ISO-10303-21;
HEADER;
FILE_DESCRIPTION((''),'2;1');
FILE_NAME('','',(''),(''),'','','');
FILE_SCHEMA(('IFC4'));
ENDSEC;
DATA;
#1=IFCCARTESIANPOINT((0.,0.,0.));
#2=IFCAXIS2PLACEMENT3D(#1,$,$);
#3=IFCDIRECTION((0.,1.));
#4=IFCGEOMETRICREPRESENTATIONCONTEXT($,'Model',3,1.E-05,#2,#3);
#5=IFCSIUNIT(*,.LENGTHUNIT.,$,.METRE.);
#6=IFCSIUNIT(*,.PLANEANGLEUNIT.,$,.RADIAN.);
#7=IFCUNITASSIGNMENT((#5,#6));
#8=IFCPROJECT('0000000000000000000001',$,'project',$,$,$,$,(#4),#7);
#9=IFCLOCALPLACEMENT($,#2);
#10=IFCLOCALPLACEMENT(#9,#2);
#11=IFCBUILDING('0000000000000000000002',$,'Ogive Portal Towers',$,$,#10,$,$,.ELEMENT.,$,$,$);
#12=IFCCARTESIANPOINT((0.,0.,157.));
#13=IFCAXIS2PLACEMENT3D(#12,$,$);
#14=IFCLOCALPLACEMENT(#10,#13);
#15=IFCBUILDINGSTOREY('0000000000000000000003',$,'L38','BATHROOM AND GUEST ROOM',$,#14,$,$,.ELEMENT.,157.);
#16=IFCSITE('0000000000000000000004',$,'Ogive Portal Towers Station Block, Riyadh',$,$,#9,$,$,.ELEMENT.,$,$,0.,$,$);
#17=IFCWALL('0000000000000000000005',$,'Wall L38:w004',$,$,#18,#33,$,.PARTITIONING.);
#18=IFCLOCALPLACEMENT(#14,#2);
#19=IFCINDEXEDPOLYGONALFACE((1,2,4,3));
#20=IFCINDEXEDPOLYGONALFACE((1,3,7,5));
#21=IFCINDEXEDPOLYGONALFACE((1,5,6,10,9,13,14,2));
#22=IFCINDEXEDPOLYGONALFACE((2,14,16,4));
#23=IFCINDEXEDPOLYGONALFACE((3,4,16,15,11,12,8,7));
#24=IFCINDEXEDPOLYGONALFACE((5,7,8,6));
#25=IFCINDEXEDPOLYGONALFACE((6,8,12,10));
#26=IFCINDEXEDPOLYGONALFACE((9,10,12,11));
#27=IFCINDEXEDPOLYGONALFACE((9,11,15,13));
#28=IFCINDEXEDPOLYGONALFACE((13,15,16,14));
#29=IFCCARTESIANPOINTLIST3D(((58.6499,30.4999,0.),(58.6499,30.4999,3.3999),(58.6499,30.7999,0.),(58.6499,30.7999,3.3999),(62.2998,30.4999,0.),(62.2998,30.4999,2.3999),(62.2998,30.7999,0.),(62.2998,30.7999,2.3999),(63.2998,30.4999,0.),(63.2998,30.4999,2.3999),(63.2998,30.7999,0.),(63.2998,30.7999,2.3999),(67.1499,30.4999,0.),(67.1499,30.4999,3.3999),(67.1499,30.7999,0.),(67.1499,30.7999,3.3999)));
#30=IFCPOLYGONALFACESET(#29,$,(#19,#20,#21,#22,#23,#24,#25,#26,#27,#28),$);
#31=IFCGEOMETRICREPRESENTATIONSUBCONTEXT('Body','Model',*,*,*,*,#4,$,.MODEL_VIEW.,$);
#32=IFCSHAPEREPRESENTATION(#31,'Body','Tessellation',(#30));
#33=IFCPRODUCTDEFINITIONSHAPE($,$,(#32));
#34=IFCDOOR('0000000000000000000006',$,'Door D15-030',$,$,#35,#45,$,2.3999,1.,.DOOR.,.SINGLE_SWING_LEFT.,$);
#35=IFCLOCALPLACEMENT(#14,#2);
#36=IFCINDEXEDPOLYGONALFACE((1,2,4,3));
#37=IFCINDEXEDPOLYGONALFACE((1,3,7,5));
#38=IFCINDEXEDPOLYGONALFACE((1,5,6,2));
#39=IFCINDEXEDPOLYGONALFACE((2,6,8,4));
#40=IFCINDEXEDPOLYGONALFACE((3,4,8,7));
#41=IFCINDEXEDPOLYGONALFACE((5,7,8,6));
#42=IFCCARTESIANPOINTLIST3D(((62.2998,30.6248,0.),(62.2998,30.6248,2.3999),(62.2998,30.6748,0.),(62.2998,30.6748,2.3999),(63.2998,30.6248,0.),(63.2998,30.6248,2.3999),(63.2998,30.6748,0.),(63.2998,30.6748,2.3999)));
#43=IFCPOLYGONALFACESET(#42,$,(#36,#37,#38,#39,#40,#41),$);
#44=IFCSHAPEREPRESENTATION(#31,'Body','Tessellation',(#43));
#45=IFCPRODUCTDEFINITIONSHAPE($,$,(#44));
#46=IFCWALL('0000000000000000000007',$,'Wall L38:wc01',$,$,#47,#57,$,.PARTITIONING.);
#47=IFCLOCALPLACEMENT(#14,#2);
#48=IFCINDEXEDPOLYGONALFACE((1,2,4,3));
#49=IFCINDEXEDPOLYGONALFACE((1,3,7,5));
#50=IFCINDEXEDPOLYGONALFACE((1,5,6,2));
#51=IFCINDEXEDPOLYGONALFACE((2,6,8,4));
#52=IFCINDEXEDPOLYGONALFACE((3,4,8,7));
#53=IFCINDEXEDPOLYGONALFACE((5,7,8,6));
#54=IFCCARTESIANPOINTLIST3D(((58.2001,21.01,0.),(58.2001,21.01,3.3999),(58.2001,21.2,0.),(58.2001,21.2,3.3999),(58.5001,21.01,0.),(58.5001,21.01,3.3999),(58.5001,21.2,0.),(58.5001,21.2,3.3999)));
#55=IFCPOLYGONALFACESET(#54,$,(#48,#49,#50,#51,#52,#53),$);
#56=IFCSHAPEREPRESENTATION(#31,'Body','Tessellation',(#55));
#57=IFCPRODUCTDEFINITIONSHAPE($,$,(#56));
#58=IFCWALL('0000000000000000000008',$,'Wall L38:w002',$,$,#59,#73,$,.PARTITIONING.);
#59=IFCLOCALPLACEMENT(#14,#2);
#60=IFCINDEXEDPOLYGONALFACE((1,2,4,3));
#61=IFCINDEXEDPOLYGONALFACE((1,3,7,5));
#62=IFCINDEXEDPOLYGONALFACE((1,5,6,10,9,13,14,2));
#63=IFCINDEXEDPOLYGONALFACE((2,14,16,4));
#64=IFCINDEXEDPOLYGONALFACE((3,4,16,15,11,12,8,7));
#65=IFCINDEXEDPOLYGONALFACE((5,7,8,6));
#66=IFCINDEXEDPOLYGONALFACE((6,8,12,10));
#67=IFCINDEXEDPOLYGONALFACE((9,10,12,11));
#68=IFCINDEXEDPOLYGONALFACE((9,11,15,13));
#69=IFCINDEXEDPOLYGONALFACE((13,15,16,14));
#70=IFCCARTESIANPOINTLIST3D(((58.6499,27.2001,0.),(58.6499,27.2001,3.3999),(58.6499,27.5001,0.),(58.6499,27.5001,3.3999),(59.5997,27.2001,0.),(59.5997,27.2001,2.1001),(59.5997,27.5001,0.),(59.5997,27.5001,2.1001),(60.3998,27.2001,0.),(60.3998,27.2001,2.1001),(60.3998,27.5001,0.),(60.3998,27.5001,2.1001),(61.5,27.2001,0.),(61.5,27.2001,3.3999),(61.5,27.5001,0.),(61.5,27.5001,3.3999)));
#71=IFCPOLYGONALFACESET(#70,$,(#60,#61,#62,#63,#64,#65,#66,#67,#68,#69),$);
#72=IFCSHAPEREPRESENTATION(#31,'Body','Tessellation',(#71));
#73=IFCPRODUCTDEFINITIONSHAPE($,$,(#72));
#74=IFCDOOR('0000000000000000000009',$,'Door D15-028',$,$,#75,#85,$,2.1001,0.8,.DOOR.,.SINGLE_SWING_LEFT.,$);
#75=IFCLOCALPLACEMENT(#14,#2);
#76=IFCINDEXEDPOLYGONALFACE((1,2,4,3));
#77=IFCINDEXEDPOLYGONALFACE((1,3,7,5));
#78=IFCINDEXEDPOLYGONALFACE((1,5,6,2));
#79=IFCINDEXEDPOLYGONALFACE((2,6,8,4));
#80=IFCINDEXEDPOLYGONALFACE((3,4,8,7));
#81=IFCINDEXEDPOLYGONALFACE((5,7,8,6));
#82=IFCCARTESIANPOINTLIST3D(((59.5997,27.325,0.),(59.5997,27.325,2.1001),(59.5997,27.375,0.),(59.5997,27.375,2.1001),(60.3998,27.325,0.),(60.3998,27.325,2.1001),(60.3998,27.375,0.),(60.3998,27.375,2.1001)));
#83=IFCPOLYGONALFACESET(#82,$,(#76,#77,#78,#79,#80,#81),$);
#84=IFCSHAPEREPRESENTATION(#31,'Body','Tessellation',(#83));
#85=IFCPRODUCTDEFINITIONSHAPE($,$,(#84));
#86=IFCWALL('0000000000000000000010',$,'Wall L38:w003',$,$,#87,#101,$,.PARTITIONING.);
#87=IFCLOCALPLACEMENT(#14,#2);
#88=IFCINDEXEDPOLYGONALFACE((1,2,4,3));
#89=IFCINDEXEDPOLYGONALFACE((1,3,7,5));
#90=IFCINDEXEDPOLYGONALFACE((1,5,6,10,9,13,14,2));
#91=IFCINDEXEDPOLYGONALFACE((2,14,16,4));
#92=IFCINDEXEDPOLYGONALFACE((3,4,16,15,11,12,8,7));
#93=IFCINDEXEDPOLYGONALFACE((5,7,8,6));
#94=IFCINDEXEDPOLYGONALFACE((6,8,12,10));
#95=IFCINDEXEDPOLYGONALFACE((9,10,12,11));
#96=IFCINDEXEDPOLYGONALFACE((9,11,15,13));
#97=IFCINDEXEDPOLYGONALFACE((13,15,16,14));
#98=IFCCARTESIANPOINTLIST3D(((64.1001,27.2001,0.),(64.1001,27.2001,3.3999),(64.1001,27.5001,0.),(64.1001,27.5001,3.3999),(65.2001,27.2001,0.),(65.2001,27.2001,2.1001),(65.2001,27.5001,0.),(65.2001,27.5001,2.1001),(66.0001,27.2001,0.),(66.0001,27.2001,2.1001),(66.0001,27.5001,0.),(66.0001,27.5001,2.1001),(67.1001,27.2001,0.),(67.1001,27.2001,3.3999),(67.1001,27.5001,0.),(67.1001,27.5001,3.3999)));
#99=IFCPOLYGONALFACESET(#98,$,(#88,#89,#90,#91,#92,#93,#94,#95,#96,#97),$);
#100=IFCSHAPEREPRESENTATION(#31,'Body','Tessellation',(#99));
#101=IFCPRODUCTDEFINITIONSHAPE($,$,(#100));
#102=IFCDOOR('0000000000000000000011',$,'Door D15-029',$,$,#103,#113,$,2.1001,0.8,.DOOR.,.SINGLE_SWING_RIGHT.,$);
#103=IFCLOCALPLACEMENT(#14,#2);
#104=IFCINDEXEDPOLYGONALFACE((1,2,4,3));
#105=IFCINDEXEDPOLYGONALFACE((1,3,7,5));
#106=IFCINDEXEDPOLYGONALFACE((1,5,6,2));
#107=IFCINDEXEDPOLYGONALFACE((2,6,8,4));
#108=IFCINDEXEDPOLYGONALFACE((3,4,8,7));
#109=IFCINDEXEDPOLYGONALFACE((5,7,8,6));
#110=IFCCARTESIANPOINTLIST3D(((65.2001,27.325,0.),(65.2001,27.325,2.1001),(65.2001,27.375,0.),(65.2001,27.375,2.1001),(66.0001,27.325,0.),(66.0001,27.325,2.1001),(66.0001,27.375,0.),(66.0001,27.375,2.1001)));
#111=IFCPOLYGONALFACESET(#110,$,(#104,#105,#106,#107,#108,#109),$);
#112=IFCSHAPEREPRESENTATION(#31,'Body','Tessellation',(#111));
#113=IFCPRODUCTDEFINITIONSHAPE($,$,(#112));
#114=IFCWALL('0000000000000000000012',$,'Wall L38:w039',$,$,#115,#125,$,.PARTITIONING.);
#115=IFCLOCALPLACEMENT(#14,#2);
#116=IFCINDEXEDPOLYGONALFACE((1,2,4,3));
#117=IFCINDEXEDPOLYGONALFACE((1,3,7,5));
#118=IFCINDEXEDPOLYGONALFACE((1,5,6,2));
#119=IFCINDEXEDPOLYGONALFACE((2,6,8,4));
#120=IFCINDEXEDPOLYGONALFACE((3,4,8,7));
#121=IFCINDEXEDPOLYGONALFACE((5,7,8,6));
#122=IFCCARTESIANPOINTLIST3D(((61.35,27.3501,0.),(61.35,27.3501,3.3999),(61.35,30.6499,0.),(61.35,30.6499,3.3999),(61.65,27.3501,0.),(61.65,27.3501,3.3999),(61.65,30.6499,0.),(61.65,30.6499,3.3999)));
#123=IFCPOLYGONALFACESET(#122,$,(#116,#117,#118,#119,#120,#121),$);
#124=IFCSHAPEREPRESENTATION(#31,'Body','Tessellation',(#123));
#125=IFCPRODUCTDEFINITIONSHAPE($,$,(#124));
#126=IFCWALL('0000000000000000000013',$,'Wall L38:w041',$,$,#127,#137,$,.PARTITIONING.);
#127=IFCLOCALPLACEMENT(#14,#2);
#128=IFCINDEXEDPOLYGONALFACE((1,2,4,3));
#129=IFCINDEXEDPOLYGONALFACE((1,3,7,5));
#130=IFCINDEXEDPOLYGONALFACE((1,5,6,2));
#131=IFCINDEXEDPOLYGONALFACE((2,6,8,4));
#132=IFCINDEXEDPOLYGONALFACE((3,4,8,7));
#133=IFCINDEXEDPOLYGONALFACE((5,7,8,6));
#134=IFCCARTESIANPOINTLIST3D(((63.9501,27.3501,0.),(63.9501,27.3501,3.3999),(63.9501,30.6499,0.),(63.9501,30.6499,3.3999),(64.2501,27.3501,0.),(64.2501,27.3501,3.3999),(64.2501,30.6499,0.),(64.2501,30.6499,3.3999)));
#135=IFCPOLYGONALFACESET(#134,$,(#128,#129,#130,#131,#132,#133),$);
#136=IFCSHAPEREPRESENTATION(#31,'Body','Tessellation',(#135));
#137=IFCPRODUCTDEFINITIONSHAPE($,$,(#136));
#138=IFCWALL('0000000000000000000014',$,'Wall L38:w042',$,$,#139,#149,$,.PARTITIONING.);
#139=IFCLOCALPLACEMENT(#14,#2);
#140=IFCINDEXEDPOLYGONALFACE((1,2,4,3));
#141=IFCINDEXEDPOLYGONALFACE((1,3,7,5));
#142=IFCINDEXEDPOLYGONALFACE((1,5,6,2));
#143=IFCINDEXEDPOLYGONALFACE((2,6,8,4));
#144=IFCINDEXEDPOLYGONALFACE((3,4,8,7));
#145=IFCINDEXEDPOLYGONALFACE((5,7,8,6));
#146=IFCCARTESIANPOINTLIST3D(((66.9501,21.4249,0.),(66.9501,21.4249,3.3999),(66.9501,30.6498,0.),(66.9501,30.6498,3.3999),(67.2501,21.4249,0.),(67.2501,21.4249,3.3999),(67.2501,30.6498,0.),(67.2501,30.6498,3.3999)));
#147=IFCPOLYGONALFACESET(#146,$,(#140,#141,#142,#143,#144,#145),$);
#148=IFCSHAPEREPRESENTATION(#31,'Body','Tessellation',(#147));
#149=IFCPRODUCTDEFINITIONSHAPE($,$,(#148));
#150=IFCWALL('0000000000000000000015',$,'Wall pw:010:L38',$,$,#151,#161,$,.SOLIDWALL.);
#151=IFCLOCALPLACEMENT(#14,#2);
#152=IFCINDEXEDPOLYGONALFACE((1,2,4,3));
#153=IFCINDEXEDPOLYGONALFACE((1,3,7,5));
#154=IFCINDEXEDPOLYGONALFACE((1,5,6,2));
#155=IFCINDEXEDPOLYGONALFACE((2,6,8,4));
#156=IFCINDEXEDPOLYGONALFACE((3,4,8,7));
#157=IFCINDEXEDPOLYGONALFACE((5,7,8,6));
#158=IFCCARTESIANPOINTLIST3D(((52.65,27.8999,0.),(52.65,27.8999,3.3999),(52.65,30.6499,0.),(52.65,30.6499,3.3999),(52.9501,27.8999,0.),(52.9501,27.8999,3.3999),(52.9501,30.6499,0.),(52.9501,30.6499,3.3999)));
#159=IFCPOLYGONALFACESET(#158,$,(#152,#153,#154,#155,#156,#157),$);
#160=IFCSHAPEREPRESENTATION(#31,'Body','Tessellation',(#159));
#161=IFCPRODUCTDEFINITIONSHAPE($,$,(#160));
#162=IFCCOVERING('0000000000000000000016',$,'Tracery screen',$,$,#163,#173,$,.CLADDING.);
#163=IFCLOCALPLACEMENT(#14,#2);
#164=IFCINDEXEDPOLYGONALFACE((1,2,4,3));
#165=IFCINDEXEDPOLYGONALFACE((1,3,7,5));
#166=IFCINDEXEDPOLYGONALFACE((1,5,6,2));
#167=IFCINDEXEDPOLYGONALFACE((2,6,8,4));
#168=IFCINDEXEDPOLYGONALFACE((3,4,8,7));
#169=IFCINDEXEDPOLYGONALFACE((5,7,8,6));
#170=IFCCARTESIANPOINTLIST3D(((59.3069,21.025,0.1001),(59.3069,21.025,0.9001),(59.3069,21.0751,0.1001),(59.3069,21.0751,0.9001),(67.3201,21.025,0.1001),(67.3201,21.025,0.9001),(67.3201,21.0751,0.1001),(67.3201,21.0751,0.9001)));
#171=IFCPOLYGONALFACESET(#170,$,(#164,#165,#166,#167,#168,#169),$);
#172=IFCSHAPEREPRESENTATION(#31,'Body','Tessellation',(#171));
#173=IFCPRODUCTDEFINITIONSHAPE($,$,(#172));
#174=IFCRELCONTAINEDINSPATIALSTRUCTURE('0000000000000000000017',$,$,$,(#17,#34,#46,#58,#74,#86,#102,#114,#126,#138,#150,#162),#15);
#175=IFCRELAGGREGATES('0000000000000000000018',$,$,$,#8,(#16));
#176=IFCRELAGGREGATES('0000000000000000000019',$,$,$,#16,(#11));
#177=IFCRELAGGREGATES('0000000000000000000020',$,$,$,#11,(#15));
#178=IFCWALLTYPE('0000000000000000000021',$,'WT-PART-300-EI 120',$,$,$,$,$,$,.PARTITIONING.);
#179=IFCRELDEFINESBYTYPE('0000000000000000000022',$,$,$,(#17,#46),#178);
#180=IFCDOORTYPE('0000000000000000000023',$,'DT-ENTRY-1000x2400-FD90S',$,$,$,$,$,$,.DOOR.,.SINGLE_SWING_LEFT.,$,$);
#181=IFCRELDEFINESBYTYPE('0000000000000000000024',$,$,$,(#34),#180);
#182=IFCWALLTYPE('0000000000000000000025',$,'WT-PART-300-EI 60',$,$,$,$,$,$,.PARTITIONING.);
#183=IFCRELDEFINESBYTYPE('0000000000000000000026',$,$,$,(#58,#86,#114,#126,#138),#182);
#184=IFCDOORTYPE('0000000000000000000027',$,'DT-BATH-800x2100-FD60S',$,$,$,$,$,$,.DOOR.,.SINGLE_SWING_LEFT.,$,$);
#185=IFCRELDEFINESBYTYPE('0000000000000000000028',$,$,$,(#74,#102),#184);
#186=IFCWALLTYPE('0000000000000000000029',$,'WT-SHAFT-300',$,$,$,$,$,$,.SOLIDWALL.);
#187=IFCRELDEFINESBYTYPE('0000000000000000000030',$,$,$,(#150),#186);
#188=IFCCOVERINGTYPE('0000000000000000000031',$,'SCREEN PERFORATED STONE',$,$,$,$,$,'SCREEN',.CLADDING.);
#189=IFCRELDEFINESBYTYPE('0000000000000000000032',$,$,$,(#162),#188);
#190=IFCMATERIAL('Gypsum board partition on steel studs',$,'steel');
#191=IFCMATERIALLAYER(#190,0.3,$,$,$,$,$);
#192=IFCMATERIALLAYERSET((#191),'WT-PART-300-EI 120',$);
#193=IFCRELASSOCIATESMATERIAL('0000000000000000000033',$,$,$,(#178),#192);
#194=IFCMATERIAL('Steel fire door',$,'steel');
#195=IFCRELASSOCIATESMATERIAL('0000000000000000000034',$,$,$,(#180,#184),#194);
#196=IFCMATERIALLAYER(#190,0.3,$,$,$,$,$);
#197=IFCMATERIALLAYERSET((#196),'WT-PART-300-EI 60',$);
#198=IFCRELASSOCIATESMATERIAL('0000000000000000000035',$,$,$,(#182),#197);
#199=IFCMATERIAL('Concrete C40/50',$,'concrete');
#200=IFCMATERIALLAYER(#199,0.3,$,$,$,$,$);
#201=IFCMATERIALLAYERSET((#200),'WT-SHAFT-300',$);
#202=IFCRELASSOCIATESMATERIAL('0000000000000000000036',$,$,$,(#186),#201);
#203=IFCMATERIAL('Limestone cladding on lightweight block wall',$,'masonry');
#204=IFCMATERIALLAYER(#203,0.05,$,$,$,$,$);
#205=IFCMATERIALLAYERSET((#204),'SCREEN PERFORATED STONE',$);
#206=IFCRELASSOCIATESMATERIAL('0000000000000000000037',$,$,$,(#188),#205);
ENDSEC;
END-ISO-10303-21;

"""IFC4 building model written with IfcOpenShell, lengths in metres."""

from ifc_helpers import new_model, si_unit, direction, frame, frame_2d, origin, origin_2d, place, context, subcontext, project, spatial, rectangle, extrude, material, layer, layer_set, type_object, element, fill, save


model = new_model("IFC4")

# Units and contexts
model_context = context("Model", 3, precision=1e-05, world=origin(), true_north=direction((0.0, 1.0)))
body_context = subcontext(model_context, "Body", "Model", "MODEL_VIEW")
ifc_project = project(units=[si_unit("LENGTHUNIT", "METRE"), si_unit("PLANEANGLEUNIT", "RADIAN")], contexts=[model_context])

# Site, building, storey
site_placement = place(None, origin())
site = spatial("IfcSite", under=ifc_project, at=site_placement, Name="Ogive Portal Towers Station Block, Riyadh", CompositionType="ELEMENT", RefElevation=0.0)
building_placement = place(site_placement, origin())
building = spatial("IfcBuilding", under=site, at=building_placement, Name="Ogive Portal Towers", CompositionType="ELEMENT")
storey_placement = place(building_placement, frame((0.0, 0.0, 157.0)))
storey = spatial("IfcBuildingStorey", under=building, at=storey_placement, Name="L38", Description="BATHROOM AND GUEST ROOM", CompositionType="ELEMENT", Elevation=157.0)

# Shared definitions
ifc_material_1 = material(Name="Steel fire door", Category="steel")

# Shared definitions
ifc_material_2 = material(Name="Limestone cladding on lightweight block wall", Category="masonry")

# Wall, opening, door
ifc_material_3 = material(Name="Gypsum board partition on steel studs", Category="steel")
ifc_layer_1 = layer(ifc_material_3, 0.3)
ifc_layer_set_1 = layer_set([ifc_layer_1], Name="WT-PART-300-EI 120")
wall_type_1 = type_object("IfcWallType", Name="WT-PART-300-EI 120", PredefinedType="PARTITIONING", material=ifc_layer_set_1)
wall_1_placement = place(storey_placement, frame((58.6499, 30.6499, 0.0), z_axis=(0.0, 0.0, 1.0), x_axis=(1.0, 0.0, 0.0)))
wall_1 = element("IfcWall", 1, at=wall_1_placement, inside=storey, type_object=wall_type_1, Name="Wall L38:w004", PredefinedType="PARTITIONING", context=body_context, shape_type="SweptSolid", body=[
    extrude(rectangle(XDim=8.5, YDim=0.3, at=frame_2d((4.25, 0.0))), origin(), (0.0, 0.0, 1.0), 3.3999),
])
opening_1_placement = place(wall_1_placement, frame((3.6499, 0.0, 0.0)))
opening_1 = element("IfcOpeningElement", 2, at=opening_1_placement, cuts=wall_1, PredefinedType="OPENING", context=body_context, shape_type="SweptSolid", body=[
    extrude(rectangle(XDim=1.0, YDim=2.3999, at=frame_2d((0.5, 1.2))), frame((0.0, 0.1602, 0.0), z_axis=(0.0, -1.0, 0.0), x_axis=(1.0, 0.0, 0.0)), (0.0, 0.0, 1.0), 0.3201),
])
door_type_1 = type_object("IfcDoorType", Name="DT-ENTRY-1000x2400-FD90S", OperationType="SINGLE_SWING_LEFT", PredefinedType="DOOR", material=ifc_material_1)
door_1_placement = place(opening_1_placement, origin())
door_1 = element("IfcDoor", 3, at=door_1_placement, inside=storey, type_object=door_type_1, Name="Door D15-030", OperationType="SINGLE_SWING_LEFT", OverallHeight=2.3999, OverallWidth=1.0, PredefinedType="DOOR", context=body_context, shape_type="SweptSolid", body=[
    extrude(rectangle(XDim=1.0, YDim=2.3999, at=frame_2d((0.5, 1.2))), frame((0.0, 0.0249, 0.0), z_axis=(0.0, -1.0, 0.0), x_axis=(1.0, 0.0, 0.0)), (0.0, 0.0, 1.0), 0.05),
])
fill(opening_1, door_1)

# Wall
wall_2_placement = place(storey_placement, frame((58.3501, 21.2, 0.0), z_axis=(0.0, 0.0, 1.0), x_axis=(0.0, -1.0, 0.0)))
element("IfcWall", 4, at=wall_2_placement, inside=storey, type_object=wall_type_1, Name="Wall L38:wc01", PredefinedType="PARTITIONING", context=body_context, shape_type="SweptSolid", body=[
    extrude(rectangle(XDim=0.1899, YDim=0.3, at=frame_2d((0.095, 0.0))), origin(), (0.0, 0.0, 1.0), 3.3999),
])

# Walls, openings, doors
ifc_layer_2 = layer(ifc_material_3, 0.3)
ifc_layer_set_2 = layer_set([ifc_layer_2], Name="WT-PART-300-EI 60")
wall_type_2 = type_object("IfcWallType", Name="WT-PART-300-EI 60", PredefinedType="PARTITIONING", material=ifc_layer_set_2)
wall_3_placement = place(storey_placement, frame((58.6499, 27.3501, 0.0), z_axis=(0.0, 0.0, 1.0), x_axis=(1.0, 0.0, 0.0)))
wall_3 = element("IfcWall", 5, at=wall_3_placement, inside=storey, type_object=wall_type_2, Name="Wall L38:w002", PredefinedType="PARTITIONING", context=body_context, shape_type="SweptSolid", body=[
    extrude(rectangle(XDim=2.8501, YDim=0.3, at=frame_2d((1.425, 0.0))), origin(), (0.0, 0.0, 1.0), 3.3999),
])
opening_2_placement = place(wall_3_placement, frame((0.95, 0.0, 0.0)))
opening_2 = element("IfcOpeningElement", 6, at=opening_2_placement, cuts=wall_3, PredefinedType="OPENING", context=body_context, shape_type="SweptSolid", body=[
    extrude(rectangle(XDim=0.8, YDim=2.1001, at=frame_2d((0.3999, 1.05))), frame((0.0, 0.1602, 0.0), z_axis=(0.0, -1.0, 0.0), x_axis=(1.0, 0.0, 0.0)), (0.0, 0.0, 1.0), 0.3201),
])
door_type_2 = type_object("IfcDoorType", Name="DT-BATH-800x2100-FD60S", OperationType="SINGLE_SWING_LEFT", PredefinedType="DOOR", material=ifc_material_1)
door_2_placement = place(opening_2_placement, origin())
door_2 = element("IfcDoor", 7, at=door_2_placement, inside=storey, type_object=door_type_2, Name="Door D15-028", OperationType="SINGLE_SWING_LEFT", OverallHeight=2.1001, OverallWidth=0.8, PredefinedType="DOOR", context=body_context, shape_type="SweptSolid", body=[
    extrude(rectangle(XDim=0.8, YDim=2.1001, at=frame_2d((0.3999, 1.05))), frame((0.0, 0.0249, 0.0), z_axis=(0.0, -1.0, 0.0), x_axis=(1.0, 0.0, 0.0)), (0.0, 0.0, 1.0), 0.05),
])
fill(opening_2, door_2)
wall_4_placement = place(storey_placement, frame((64.1001, 27.3501, 0.0), z_axis=(0.0, 0.0, 1.0), x_axis=(1.0, 0.0, 0.0)))
wall_4 = element("IfcWall", 8, at=wall_4_placement, inside=storey, type_object=wall_type_2, Name="Wall L38:w003", PredefinedType="PARTITIONING", context=body_context, shape_type="SweptSolid", body=[
    extrude(rectangle(XDim=3.0, YDim=0.3, at=frame_2d((1.5, 0.0))), origin(), (0.0, 0.0, 1.0), 3.3999),
])
opening_3_placement = place(wall_4_placement, frame((1.1001, 0.0, 0.0)))
opening_3 = element("IfcOpeningElement", 9, at=opening_3_placement, cuts=wall_4, PredefinedType="OPENING", context=body_context, shape_type="SweptSolid", body=[
    extrude(rectangle(XDim=0.8, YDim=2.1001, at=frame_2d((0.3999, 1.05))), frame((0.0, 0.1602, 0.0), z_axis=(0.0, -1.0, 0.0), x_axis=(1.0, 0.0, 0.0)), (0.0, 0.0, 1.0), 0.3201),
])
door_3_placement = place(opening_3_placement, origin())
door_3 = element("IfcDoor", 10, at=door_3_placement, inside=storey, type_object=door_type_2, Name="Door D15-029", OperationType="SINGLE_SWING_RIGHT", OverallHeight=2.1001, OverallWidth=0.8, PredefinedType="DOOR", context=body_context, shape_type="SweptSolid", body=[
    extrude(rectangle(XDim=0.8, YDim=2.1001, at=frame_2d((0.3999, 1.05))), frame((0.0, 0.0249, 0.0), z_axis=(0.0, -1.0, 0.0), x_axis=(1.0, 0.0, 0.0)), (0.0, 0.0, 1.0), 0.05),
])
fill(opening_3, door_3)

# Walls
for number, where, z_axis, x_axis, name in (
    (11, (61.5, 27.3501, 0.0), (0.0, 0.0, 1.0), (0.0, 1.0, 0.0), "Wall L38:w039"),
    (12, (64.1001, 27.3501, 0.0), (0.0, 0.0, 1.0), (0.0, 1.0, 0.0), "Wall L38:w041"),
):
    element("IfcWall", number, at=place(storey_placement, frame(where, z_axis=z_axis, x_axis=x_axis)), inside=storey, type_object=wall_type_2, Name=name, PredefinedType="PARTITIONING", context=body_context, shape_type="SweptSolid", body=[
        extrude(rectangle(XDim=3.2998, YDim=0.3, at=frame_2d((1.6499, 0.0))), origin(), (0.0, 0.0, 1.0), 3.3999),
    ])
wall_5_placement = place(storey_placement, frame((67.1001, 21.425, 0.0), z_axis=(0.0, 0.0, 1.0), x_axis=(0.0, 1.0, 0.0)))
element("IfcWall", 13, at=wall_5_placement, inside=storey, type_object=wall_type_2, Name="Wall L38:w042", PredefinedType="PARTITIONING", context=body_context, shape_type="SweptSolid", body=[
    extrude(rectangle(XDim=9.2249, YDim=0.3, at=frame_2d((4.6123, 0.0))), origin(), (0.0, 0.0, 1.0), 3.3999),
])
ifc_material_4 = material(Name="Concrete C40/50", Category="concrete")
ifc_layer_3 = layer(ifc_material_4, 0.3)
ifc_layer_set_3 = layer_set([ifc_layer_3], Name="WT-SHAFT-300")
wall_type_3 = type_object("IfcWallType", Name="WT-SHAFT-300", PredefinedType="SOLIDWALL", material=ifc_layer_set_3)
wall_6_placement = place(storey_placement, frame((52.8, 27.8999, 0.0), z_axis=(0.0, 0.0, 1.0), x_axis=(0.0, 1.0, 0.0)))
element("IfcWall", 14, at=wall_6_placement, inside=storey, type_object=wall_type_3, Name="Wall pw:010:L38", PredefinedType="SOLIDWALL", context=body_context, shape_type="SweptSolid", body=[
    extrude(rectangle(XDim=2.75, YDim=0.3, at=frame_2d((1.375, 0.0))), origin(), (0.0, 0.0, 1.0), 3.3999),
])

# Covering
ifc_layer_4 = layer(ifc_material_2, 0.05)
ifc_layer_set_4 = layer_set([ifc_layer_4], Name="SCREEN PERFORATED STONE")
covering_type = type_object("IfcCoveringType", Name="SCREEN PERFORATED STONE", ElementType="SCREEN", PredefinedType="CLADDING", material=ifc_layer_set_4)
covering_placement = place(storey_placement, frame((63.3135, 21.05, 0.1001), z_axis=(0.0, 0.0, 1.0), x_axis=(1.0, 0.0, 0.0)))
element("IfcCovering", 15, at=covering_placement, inside=storey, type_object=covering_type, Name="Tracery screen", PredefinedType="CLADDING", context=body_context, shape_type="SweptSolid", body=[
    extrude(rectangle(XDim=8.0132, YDim=0.05, at=origin_2d()), origin(), (0.0, 0.0, 1.0), 0.8),
])

save(model, "model.ifc")
